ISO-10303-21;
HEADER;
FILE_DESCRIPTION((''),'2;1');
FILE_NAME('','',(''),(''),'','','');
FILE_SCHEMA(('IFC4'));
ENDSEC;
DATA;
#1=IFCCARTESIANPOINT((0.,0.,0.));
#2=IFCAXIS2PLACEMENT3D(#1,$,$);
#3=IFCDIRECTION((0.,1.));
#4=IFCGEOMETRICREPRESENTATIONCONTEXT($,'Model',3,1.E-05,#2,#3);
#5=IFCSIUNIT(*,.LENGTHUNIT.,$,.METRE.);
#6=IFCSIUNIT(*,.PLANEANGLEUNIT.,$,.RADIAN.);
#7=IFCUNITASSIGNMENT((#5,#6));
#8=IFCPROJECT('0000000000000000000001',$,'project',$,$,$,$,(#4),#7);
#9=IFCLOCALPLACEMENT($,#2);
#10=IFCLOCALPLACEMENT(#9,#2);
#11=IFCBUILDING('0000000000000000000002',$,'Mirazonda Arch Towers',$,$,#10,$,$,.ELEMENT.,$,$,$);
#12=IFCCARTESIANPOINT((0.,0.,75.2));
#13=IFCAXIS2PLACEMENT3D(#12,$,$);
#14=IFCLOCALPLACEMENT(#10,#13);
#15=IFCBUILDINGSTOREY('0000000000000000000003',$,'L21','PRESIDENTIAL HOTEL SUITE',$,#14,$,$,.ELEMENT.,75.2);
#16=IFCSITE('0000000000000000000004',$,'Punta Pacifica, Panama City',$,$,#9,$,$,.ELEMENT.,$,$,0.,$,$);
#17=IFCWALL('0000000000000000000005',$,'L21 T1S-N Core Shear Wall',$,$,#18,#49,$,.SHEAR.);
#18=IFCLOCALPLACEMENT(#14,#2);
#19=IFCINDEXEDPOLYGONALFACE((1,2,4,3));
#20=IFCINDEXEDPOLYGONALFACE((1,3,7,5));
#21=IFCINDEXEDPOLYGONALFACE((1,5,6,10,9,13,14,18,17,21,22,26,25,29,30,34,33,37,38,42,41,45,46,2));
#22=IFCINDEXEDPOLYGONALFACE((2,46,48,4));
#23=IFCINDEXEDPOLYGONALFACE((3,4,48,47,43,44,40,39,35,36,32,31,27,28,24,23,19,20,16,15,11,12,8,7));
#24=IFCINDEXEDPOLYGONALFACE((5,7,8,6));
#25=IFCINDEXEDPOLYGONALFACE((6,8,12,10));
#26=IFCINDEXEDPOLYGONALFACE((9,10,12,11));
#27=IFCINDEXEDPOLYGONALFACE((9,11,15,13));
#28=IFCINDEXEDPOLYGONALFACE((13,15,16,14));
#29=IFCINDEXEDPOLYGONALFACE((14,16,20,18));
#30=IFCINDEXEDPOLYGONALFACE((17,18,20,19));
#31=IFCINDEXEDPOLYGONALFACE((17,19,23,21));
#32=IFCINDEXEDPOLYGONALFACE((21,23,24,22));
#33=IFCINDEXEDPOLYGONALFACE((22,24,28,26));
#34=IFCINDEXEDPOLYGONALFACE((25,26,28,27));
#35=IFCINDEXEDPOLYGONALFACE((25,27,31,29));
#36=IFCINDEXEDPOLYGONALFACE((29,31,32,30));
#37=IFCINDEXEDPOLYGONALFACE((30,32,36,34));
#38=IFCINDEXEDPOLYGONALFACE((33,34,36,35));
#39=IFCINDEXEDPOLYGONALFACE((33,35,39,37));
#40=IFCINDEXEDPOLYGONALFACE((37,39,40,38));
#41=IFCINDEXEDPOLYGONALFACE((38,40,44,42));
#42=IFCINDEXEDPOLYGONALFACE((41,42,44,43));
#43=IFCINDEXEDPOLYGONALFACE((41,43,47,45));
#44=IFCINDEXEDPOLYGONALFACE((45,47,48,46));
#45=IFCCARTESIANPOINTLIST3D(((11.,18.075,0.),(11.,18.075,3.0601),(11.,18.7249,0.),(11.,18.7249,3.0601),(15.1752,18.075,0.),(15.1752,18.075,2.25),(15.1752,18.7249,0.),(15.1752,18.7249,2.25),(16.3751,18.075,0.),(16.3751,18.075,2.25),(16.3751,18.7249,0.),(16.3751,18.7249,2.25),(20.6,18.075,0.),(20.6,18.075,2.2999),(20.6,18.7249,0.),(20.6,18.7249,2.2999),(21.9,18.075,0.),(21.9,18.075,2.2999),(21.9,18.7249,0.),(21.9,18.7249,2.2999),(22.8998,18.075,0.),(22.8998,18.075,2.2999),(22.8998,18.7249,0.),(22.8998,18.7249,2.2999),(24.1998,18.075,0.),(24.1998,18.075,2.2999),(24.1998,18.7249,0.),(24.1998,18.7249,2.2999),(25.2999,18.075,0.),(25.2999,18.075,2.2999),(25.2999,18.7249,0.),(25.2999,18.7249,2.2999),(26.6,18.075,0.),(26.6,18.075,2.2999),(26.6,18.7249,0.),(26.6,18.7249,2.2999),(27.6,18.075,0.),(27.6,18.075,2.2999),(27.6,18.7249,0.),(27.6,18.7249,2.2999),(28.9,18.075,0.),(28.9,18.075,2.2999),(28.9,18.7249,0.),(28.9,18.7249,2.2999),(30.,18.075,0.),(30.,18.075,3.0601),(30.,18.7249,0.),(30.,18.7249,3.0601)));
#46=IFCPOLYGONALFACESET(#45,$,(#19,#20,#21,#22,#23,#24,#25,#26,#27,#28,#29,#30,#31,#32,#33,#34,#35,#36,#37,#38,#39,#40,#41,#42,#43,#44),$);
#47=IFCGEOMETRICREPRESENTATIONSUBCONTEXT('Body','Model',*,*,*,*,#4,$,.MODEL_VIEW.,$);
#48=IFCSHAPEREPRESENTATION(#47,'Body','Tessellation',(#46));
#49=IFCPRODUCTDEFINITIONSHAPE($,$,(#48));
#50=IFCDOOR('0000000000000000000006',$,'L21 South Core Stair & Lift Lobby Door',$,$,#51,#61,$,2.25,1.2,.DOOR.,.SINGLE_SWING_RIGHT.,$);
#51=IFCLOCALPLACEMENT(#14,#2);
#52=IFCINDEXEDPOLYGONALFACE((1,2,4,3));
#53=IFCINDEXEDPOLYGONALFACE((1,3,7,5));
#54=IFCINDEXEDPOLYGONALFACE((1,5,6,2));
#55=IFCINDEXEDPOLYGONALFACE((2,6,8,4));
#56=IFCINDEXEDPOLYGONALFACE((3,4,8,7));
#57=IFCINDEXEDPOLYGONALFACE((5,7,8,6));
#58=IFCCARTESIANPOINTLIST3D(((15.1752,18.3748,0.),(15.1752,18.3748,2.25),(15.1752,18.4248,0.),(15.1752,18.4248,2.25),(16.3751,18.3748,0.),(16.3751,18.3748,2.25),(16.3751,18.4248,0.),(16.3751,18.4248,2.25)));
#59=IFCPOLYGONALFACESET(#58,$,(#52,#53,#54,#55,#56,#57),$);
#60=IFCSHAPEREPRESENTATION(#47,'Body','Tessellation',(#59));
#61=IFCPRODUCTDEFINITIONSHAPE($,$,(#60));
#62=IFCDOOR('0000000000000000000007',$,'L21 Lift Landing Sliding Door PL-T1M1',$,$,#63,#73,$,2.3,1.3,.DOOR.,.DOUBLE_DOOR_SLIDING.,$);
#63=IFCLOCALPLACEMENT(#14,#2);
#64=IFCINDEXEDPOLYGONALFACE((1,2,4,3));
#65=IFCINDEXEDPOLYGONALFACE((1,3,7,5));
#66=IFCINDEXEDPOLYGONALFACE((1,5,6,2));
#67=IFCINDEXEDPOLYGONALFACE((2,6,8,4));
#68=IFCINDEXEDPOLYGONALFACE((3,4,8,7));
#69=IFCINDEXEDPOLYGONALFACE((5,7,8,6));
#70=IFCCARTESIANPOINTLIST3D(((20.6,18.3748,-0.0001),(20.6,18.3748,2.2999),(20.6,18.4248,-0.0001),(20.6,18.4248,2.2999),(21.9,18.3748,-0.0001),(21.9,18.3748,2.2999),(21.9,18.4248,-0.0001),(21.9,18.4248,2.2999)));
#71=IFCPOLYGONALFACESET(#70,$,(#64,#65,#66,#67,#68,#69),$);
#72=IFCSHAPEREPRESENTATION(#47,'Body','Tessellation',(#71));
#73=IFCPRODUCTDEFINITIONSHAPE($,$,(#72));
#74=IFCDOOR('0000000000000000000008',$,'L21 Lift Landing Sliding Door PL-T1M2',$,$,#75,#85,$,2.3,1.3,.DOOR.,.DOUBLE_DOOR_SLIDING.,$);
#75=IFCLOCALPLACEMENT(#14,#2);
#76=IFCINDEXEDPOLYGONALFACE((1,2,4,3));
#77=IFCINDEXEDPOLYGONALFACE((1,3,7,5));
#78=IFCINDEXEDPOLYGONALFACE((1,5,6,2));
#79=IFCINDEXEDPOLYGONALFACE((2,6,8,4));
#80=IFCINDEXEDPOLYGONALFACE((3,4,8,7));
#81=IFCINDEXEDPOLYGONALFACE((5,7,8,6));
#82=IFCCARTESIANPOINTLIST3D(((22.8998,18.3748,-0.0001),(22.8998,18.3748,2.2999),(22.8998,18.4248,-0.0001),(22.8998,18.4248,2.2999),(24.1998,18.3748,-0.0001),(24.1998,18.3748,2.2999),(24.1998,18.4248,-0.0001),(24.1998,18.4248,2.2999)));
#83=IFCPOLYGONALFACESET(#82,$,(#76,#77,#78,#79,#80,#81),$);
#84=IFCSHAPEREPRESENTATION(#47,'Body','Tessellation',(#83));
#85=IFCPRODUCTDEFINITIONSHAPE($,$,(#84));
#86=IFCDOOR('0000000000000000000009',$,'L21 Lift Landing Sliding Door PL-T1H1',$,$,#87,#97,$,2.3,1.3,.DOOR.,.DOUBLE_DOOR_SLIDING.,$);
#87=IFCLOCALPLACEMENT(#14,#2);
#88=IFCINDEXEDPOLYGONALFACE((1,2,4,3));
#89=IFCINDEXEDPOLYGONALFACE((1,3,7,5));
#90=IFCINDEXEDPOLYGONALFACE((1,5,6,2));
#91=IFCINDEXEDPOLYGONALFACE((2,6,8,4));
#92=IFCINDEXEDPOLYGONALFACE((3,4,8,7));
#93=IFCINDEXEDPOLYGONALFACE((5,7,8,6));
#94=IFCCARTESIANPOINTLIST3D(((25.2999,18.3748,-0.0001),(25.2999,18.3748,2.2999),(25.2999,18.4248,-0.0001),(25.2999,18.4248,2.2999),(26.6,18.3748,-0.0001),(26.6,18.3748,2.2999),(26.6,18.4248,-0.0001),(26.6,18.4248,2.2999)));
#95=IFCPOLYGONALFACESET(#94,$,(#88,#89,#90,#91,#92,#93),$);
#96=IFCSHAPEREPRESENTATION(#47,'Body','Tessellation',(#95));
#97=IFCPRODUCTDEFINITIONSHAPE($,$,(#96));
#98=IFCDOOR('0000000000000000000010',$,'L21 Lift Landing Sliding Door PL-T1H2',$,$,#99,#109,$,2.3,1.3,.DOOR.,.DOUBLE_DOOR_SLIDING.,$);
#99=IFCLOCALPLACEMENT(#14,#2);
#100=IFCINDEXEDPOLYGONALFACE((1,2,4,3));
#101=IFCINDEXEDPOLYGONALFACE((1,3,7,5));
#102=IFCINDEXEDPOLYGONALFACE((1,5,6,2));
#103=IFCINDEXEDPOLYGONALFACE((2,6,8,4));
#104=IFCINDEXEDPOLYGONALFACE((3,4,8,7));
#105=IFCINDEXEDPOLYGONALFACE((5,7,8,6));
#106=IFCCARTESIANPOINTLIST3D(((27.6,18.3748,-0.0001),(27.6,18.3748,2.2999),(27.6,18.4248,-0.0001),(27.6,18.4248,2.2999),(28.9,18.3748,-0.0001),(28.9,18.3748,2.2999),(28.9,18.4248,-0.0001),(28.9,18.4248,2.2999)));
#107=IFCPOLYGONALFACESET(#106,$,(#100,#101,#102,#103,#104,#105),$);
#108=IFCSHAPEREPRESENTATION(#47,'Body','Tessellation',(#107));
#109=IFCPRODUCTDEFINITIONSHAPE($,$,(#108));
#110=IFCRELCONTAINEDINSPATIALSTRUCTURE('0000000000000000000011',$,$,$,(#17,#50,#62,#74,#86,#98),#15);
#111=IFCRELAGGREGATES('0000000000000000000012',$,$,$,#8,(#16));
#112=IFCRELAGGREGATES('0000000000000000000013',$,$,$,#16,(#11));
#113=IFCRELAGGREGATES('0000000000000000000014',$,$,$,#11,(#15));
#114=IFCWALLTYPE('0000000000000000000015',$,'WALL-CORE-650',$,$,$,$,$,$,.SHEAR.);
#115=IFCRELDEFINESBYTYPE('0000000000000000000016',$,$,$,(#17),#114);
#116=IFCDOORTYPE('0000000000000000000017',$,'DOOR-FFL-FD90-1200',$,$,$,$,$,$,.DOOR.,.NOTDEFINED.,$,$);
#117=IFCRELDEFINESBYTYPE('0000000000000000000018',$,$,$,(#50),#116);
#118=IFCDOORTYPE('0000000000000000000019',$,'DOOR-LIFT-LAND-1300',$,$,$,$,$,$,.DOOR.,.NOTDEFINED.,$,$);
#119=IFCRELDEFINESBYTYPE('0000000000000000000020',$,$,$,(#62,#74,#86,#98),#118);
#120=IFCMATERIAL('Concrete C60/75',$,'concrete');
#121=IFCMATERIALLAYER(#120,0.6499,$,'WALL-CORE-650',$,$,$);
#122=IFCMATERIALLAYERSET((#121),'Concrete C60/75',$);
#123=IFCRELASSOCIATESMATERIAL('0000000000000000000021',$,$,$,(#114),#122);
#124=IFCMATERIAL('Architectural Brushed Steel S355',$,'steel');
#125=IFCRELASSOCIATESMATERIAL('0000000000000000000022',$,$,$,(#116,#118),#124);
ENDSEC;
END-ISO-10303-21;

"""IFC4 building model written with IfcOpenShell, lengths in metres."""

from ifc_helpers import new_model, si_unit, direction, frame, frame_2d, origin, place, context, subcontext, project, spatial, rectangle, extrude, material, layer, layer_set, type_object, element, fill, save


model = new_model("IFC4")

# Units and contexts
model_context = context("Model", 3, precision=1e-05, world=origin(), true_north=direction((0.0, 1.0)))
body_context = subcontext(model_context, "Body", "Model", "MODEL_VIEW")
ifc_project = project(units=[si_unit("LENGTHUNIT", "METRE"), si_unit("PLANEANGLEUNIT", "RADIAN")], contexts=[model_context])

# Site, building, storey
site_placement = place(None, origin())
site = spatial("IfcSite", under=ifc_project, at=site_placement, Name="Punta Pacifica, Panama City", CompositionType="ELEMENT", RefElevation=0.0)
building_placement = place(site_placement, origin())
building = spatial("IfcBuilding", under=site, at=building_placement, Name="Mirazonda Arch Towers", CompositionType="ELEMENT")
storey_placement = place(building_placement, frame((0.0, 0.0, 75.2)))
storey = spatial("IfcBuildingStorey", under=building, at=storey_placement, Name="L21", Description="PRESIDENTIAL HOTEL SUITE", CompositionType="ELEMENT", Elevation=75.2)

# Shared definitions
ifc_material_1 = material(Name="Concrete C60/75", Category="concrete")

# Shared definitions
ifc_material_2 = material(Name="Architectural Brushed Steel S355", Category="steel")

# Wall, openings, doors
ifc_layer_1 = layer(ifc_material_1, 0.6499, Name="WALL-CORE-650")
ifc_layer_set_1 = layer_set([ifc_layer_1], Name="Concrete C60/75")
wall_type_1 = type_object("IfcWallType", Name="WALL-CORE-650", PredefinedType="SHEAR", material=ifc_layer_set_1)
wall_1_placement = place(storey_placement, frame((11.0, 18.3999, 0.0), z_axis=(0.0, 0.0, 1.0), x_axis=(1.0, 0.0, 0.0)))
wall_1 = element("IfcWall", 1, at=wall_1_placement, inside=storey, type_object=wall_type_1, Name="L21 T1S-N Core Shear Wall", PredefinedType="SHEAR", context=body_context, shape_type="SweptSolid", body=[
    extrude(rectangle(XDim=19.0, YDim=0.6499, at=frame_2d((9.5, 0.0))), origin(), (0.0, 0.0, 1.0), 3.0601),
])
opening_1_placement = place(wall_1_placement, frame((4.175, 0.0, 0.0)))
opening_1 = element("IfcOpeningElement", 2, at=opening_1_placement, cuts=wall_1, PredefinedType="OPENING", context=body_context, shape_type="SweptSolid", body=[
    extrude(rectangle(XDim=1.2, YDim=2.25, at=frame_2d((0.6001, 1.125))), frame((0.0, 0.335, 0.0), z_axis=(0.0, -1.0, 0.0), x_axis=(1.0, 0.0, 0.0)), (0.0, 0.0, 1.0), 0.6699),
])
opening_2_placement = place(wall_1_placement, frame((9.6001, 0.0, 0.0)))
opening_2 = element("IfcOpeningElement", 3, at=opening_2_placement, cuts=wall_1, PredefinedType="OPENING", context=body_context, shape_type="SweptSolid", body=[
    extrude(rectangle(XDim=1.3, YDim=2.3, at=frame_2d((0.6499, 1.1499))), frame((0.0, 0.335, 0.0), z_axis=(0.0, -1.0, 0.0), x_axis=(1.0, 0.0, 0.0)), (0.0, 0.0, 1.0), 0.6699),
])
opening_3_placement = place(wall_1_placement, frame((11.8999, 0.0, 0.0)))
opening_3 = element("IfcOpeningElement", 4, at=opening_3_placement, cuts=wall_1, PredefinedType="OPENING", context=body_context, shape_type="SweptSolid", body=[
    extrude(rectangle(XDim=1.3, YDim=2.3, at=frame_2d((0.6499, 1.1499))), frame((0.0, 0.335, 0.0), z_axis=(0.0, -1.0, 0.0), x_axis=(1.0, 0.0, 0.0)), (0.0, 0.0, 1.0), 0.6699),
])
opening_4_placement = place(wall_1_placement, frame((14.3, 0.0, 0.0)))
opening_4 = element("IfcOpeningElement", 5, at=opening_4_placement, cuts=wall_1, PredefinedType="OPENING", context=body_context, shape_type="SweptSolid", body=[
    extrude(rectangle(XDim=1.3, YDim=2.3, at=frame_2d((0.6499, 1.1499))), frame((0.0, 0.335, 0.0), z_axis=(0.0, -1.0, 0.0), x_axis=(1.0, 0.0, 0.0)), (0.0, 0.0, 1.0), 0.6699),
])
opening_5_placement = place(wall_1_placement, frame((16.6001, 0.0, 0.0)))
opening_5 = element("IfcOpeningElement", 6, at=opening_5_placement, cuts=wall_1, PredefinedType="OPENING", context=body_context, shape_type="SweptSolid", body=[
    extrude(rectangle(XDim=1.3, YDim=2.3, at=frame_2d((0.6499, 1.1499))), frame((0.0, 0.335, 0.0), z_axis=(0.0, -1.0, 0.0), x_axis=(1.0, 0.0, 0.0)), (0.0, 0.0, 1.0), 0.6699),
])
door_type_1 = type_object("IfcDoorType", Name="DOOR-FFL-FD90-1200", OperationType="NOTDEFINED", PredefinedType="DOOR", material=ifc_material_2)
door_1_placement = place(opening_1_placement, origin())
door_1 = element("IfcDoor", 7, at=door_1_placement, inside=storey, type_object=door_type_1, Name="L21 South Core Stair & Lift Lobby Door", OperationType="SINGLE_SWING_RIGHT", OverallHeight=2.25, OverallWidth=1.2, PredefinedType="DOOR", context=body_context, shape_type="SweptSolid", body=[
    extrude(rectangle(XDim=1.2, YDim=2.25, at=frame_2d((0.6001, 1.125))), frame((0.0, 0.0249, 0.0), z_axis=(0.0, -1.0, 0.0), x_axis=(1.0, 0.0, 0.0)), (0.0, 0.0, 1.0), 0.05),
])
fill(opening_1, door_1)
door_type_2 = type_object("IfcDoorType", Name="DOOR-LIFT-LAND-1300", OperationType="NOTDEFINED", PredefinedType="DOOR", material=ifc_material_2)
door_2_placement = place(opening_2_placement, origin())
door_2 = element("IfcDoor", 8, at=door_2_placement, inside=storey, type_object=door_type_2, Name="L21 Lift Landing Sliding Door PL-T1M1", OperationType="DOUBLE_DOOR_SLIDING", OverallHeight=2.3, OverallWidth=1.3, PredefinedType="DOOR", context=body_context, shape_type="SweptSolid", body=[
    extrude(rectangle(XDim=1.3, YDim=2.3, at=frame_2d((0.6499, 1.1499))), frame((0.0, 0.0249, 0.0), z_axis=(0.0, -1.0, 0.0), x_axis=(1.0, 0.0, 0.0)), (0.0, 0.0, 1.0), 0.05),
])
fill(opening_2, door_2)
door_3_placement = place(opening_3_placement, origin())
door_3 = element("IfcDoor", 9, at=door_3_placement, inside=storey, type_object=door_type_2, Name="L21 Lift Landing Sliding Door PL-T1M2", OperationType="DOUBLE_DOOR_SLIDING", OverallHeight=2.3, OverallWidth=1.3, PredefinedType="DOOR", context=body_context, shape_type="SweptSolid", body=[
    extrude(rectangle(XDim=1.3, YDim=2.3, at=frame_2d((0.6499, 1.1499))), frame((0.0, 0.0249, 0.0), z_axis=(0.0, -1.0, 0.0), x_axis=(1.0, 0.0, 0.0)), (0.0, 0.0, 1.0), 0.05),
])
fill(opening_3, door_3)
door_4_placement = place(opening_4_placement, origin())
door_4 = element("IfcDoor", 10, at=door_4_placement, inside=storey, type_object=door_type_2, Name="L21 Lift Landing Sliding Door PL-T1H1", OperationType="DOUBLE_DOOR_SLIDING", OverallHeight=2.3, OverallWidth=1.3, PredefinedType="DOOR", context=body_context, shape_type="SweptSolid", body=[
    extrude(rectangle(XDim=1.3, YDim=2.3, at=frame_2d((0.6499, 1.1499))), frame((0.0, 0.0249, 0.0), z_axis=(0.0, -1.0, 0.0), x_axis=(1.0, 0.0, 0.0)), (0.0, 0.0, 1.0), 0.05),
])
fill(opening_4, door_4)
door_5_placement = place(opening_5_placement, origin())
door_5 = element("IfcDoor", 11, at=door_5_placement, inside=storey, type_object=door_type_2, Name="L21 Lift Landing Sliding Door PL-T1H2", OperationType="DOUBLE_DOOR_SLIDING", OverallHeight=2.3, OverallWidth=1.3, PredefinedType="DOOR", context=body_context, shape_type="SweptSolid", body=[
    extrude(rectangle(XDim=1.3, YDim=2.3, at=frame_2d((0.6499, 1.1499))), frame((0.0, 0.0249, 0.0), z_axis=(0.0, -1.0, 0.0), x_axis=(1.0, 0.0, 0.0)), (0.0, 0.0, 1.0), 0.05),
])
fill(opening_5, door_5)

save(model, "model.ifc")
